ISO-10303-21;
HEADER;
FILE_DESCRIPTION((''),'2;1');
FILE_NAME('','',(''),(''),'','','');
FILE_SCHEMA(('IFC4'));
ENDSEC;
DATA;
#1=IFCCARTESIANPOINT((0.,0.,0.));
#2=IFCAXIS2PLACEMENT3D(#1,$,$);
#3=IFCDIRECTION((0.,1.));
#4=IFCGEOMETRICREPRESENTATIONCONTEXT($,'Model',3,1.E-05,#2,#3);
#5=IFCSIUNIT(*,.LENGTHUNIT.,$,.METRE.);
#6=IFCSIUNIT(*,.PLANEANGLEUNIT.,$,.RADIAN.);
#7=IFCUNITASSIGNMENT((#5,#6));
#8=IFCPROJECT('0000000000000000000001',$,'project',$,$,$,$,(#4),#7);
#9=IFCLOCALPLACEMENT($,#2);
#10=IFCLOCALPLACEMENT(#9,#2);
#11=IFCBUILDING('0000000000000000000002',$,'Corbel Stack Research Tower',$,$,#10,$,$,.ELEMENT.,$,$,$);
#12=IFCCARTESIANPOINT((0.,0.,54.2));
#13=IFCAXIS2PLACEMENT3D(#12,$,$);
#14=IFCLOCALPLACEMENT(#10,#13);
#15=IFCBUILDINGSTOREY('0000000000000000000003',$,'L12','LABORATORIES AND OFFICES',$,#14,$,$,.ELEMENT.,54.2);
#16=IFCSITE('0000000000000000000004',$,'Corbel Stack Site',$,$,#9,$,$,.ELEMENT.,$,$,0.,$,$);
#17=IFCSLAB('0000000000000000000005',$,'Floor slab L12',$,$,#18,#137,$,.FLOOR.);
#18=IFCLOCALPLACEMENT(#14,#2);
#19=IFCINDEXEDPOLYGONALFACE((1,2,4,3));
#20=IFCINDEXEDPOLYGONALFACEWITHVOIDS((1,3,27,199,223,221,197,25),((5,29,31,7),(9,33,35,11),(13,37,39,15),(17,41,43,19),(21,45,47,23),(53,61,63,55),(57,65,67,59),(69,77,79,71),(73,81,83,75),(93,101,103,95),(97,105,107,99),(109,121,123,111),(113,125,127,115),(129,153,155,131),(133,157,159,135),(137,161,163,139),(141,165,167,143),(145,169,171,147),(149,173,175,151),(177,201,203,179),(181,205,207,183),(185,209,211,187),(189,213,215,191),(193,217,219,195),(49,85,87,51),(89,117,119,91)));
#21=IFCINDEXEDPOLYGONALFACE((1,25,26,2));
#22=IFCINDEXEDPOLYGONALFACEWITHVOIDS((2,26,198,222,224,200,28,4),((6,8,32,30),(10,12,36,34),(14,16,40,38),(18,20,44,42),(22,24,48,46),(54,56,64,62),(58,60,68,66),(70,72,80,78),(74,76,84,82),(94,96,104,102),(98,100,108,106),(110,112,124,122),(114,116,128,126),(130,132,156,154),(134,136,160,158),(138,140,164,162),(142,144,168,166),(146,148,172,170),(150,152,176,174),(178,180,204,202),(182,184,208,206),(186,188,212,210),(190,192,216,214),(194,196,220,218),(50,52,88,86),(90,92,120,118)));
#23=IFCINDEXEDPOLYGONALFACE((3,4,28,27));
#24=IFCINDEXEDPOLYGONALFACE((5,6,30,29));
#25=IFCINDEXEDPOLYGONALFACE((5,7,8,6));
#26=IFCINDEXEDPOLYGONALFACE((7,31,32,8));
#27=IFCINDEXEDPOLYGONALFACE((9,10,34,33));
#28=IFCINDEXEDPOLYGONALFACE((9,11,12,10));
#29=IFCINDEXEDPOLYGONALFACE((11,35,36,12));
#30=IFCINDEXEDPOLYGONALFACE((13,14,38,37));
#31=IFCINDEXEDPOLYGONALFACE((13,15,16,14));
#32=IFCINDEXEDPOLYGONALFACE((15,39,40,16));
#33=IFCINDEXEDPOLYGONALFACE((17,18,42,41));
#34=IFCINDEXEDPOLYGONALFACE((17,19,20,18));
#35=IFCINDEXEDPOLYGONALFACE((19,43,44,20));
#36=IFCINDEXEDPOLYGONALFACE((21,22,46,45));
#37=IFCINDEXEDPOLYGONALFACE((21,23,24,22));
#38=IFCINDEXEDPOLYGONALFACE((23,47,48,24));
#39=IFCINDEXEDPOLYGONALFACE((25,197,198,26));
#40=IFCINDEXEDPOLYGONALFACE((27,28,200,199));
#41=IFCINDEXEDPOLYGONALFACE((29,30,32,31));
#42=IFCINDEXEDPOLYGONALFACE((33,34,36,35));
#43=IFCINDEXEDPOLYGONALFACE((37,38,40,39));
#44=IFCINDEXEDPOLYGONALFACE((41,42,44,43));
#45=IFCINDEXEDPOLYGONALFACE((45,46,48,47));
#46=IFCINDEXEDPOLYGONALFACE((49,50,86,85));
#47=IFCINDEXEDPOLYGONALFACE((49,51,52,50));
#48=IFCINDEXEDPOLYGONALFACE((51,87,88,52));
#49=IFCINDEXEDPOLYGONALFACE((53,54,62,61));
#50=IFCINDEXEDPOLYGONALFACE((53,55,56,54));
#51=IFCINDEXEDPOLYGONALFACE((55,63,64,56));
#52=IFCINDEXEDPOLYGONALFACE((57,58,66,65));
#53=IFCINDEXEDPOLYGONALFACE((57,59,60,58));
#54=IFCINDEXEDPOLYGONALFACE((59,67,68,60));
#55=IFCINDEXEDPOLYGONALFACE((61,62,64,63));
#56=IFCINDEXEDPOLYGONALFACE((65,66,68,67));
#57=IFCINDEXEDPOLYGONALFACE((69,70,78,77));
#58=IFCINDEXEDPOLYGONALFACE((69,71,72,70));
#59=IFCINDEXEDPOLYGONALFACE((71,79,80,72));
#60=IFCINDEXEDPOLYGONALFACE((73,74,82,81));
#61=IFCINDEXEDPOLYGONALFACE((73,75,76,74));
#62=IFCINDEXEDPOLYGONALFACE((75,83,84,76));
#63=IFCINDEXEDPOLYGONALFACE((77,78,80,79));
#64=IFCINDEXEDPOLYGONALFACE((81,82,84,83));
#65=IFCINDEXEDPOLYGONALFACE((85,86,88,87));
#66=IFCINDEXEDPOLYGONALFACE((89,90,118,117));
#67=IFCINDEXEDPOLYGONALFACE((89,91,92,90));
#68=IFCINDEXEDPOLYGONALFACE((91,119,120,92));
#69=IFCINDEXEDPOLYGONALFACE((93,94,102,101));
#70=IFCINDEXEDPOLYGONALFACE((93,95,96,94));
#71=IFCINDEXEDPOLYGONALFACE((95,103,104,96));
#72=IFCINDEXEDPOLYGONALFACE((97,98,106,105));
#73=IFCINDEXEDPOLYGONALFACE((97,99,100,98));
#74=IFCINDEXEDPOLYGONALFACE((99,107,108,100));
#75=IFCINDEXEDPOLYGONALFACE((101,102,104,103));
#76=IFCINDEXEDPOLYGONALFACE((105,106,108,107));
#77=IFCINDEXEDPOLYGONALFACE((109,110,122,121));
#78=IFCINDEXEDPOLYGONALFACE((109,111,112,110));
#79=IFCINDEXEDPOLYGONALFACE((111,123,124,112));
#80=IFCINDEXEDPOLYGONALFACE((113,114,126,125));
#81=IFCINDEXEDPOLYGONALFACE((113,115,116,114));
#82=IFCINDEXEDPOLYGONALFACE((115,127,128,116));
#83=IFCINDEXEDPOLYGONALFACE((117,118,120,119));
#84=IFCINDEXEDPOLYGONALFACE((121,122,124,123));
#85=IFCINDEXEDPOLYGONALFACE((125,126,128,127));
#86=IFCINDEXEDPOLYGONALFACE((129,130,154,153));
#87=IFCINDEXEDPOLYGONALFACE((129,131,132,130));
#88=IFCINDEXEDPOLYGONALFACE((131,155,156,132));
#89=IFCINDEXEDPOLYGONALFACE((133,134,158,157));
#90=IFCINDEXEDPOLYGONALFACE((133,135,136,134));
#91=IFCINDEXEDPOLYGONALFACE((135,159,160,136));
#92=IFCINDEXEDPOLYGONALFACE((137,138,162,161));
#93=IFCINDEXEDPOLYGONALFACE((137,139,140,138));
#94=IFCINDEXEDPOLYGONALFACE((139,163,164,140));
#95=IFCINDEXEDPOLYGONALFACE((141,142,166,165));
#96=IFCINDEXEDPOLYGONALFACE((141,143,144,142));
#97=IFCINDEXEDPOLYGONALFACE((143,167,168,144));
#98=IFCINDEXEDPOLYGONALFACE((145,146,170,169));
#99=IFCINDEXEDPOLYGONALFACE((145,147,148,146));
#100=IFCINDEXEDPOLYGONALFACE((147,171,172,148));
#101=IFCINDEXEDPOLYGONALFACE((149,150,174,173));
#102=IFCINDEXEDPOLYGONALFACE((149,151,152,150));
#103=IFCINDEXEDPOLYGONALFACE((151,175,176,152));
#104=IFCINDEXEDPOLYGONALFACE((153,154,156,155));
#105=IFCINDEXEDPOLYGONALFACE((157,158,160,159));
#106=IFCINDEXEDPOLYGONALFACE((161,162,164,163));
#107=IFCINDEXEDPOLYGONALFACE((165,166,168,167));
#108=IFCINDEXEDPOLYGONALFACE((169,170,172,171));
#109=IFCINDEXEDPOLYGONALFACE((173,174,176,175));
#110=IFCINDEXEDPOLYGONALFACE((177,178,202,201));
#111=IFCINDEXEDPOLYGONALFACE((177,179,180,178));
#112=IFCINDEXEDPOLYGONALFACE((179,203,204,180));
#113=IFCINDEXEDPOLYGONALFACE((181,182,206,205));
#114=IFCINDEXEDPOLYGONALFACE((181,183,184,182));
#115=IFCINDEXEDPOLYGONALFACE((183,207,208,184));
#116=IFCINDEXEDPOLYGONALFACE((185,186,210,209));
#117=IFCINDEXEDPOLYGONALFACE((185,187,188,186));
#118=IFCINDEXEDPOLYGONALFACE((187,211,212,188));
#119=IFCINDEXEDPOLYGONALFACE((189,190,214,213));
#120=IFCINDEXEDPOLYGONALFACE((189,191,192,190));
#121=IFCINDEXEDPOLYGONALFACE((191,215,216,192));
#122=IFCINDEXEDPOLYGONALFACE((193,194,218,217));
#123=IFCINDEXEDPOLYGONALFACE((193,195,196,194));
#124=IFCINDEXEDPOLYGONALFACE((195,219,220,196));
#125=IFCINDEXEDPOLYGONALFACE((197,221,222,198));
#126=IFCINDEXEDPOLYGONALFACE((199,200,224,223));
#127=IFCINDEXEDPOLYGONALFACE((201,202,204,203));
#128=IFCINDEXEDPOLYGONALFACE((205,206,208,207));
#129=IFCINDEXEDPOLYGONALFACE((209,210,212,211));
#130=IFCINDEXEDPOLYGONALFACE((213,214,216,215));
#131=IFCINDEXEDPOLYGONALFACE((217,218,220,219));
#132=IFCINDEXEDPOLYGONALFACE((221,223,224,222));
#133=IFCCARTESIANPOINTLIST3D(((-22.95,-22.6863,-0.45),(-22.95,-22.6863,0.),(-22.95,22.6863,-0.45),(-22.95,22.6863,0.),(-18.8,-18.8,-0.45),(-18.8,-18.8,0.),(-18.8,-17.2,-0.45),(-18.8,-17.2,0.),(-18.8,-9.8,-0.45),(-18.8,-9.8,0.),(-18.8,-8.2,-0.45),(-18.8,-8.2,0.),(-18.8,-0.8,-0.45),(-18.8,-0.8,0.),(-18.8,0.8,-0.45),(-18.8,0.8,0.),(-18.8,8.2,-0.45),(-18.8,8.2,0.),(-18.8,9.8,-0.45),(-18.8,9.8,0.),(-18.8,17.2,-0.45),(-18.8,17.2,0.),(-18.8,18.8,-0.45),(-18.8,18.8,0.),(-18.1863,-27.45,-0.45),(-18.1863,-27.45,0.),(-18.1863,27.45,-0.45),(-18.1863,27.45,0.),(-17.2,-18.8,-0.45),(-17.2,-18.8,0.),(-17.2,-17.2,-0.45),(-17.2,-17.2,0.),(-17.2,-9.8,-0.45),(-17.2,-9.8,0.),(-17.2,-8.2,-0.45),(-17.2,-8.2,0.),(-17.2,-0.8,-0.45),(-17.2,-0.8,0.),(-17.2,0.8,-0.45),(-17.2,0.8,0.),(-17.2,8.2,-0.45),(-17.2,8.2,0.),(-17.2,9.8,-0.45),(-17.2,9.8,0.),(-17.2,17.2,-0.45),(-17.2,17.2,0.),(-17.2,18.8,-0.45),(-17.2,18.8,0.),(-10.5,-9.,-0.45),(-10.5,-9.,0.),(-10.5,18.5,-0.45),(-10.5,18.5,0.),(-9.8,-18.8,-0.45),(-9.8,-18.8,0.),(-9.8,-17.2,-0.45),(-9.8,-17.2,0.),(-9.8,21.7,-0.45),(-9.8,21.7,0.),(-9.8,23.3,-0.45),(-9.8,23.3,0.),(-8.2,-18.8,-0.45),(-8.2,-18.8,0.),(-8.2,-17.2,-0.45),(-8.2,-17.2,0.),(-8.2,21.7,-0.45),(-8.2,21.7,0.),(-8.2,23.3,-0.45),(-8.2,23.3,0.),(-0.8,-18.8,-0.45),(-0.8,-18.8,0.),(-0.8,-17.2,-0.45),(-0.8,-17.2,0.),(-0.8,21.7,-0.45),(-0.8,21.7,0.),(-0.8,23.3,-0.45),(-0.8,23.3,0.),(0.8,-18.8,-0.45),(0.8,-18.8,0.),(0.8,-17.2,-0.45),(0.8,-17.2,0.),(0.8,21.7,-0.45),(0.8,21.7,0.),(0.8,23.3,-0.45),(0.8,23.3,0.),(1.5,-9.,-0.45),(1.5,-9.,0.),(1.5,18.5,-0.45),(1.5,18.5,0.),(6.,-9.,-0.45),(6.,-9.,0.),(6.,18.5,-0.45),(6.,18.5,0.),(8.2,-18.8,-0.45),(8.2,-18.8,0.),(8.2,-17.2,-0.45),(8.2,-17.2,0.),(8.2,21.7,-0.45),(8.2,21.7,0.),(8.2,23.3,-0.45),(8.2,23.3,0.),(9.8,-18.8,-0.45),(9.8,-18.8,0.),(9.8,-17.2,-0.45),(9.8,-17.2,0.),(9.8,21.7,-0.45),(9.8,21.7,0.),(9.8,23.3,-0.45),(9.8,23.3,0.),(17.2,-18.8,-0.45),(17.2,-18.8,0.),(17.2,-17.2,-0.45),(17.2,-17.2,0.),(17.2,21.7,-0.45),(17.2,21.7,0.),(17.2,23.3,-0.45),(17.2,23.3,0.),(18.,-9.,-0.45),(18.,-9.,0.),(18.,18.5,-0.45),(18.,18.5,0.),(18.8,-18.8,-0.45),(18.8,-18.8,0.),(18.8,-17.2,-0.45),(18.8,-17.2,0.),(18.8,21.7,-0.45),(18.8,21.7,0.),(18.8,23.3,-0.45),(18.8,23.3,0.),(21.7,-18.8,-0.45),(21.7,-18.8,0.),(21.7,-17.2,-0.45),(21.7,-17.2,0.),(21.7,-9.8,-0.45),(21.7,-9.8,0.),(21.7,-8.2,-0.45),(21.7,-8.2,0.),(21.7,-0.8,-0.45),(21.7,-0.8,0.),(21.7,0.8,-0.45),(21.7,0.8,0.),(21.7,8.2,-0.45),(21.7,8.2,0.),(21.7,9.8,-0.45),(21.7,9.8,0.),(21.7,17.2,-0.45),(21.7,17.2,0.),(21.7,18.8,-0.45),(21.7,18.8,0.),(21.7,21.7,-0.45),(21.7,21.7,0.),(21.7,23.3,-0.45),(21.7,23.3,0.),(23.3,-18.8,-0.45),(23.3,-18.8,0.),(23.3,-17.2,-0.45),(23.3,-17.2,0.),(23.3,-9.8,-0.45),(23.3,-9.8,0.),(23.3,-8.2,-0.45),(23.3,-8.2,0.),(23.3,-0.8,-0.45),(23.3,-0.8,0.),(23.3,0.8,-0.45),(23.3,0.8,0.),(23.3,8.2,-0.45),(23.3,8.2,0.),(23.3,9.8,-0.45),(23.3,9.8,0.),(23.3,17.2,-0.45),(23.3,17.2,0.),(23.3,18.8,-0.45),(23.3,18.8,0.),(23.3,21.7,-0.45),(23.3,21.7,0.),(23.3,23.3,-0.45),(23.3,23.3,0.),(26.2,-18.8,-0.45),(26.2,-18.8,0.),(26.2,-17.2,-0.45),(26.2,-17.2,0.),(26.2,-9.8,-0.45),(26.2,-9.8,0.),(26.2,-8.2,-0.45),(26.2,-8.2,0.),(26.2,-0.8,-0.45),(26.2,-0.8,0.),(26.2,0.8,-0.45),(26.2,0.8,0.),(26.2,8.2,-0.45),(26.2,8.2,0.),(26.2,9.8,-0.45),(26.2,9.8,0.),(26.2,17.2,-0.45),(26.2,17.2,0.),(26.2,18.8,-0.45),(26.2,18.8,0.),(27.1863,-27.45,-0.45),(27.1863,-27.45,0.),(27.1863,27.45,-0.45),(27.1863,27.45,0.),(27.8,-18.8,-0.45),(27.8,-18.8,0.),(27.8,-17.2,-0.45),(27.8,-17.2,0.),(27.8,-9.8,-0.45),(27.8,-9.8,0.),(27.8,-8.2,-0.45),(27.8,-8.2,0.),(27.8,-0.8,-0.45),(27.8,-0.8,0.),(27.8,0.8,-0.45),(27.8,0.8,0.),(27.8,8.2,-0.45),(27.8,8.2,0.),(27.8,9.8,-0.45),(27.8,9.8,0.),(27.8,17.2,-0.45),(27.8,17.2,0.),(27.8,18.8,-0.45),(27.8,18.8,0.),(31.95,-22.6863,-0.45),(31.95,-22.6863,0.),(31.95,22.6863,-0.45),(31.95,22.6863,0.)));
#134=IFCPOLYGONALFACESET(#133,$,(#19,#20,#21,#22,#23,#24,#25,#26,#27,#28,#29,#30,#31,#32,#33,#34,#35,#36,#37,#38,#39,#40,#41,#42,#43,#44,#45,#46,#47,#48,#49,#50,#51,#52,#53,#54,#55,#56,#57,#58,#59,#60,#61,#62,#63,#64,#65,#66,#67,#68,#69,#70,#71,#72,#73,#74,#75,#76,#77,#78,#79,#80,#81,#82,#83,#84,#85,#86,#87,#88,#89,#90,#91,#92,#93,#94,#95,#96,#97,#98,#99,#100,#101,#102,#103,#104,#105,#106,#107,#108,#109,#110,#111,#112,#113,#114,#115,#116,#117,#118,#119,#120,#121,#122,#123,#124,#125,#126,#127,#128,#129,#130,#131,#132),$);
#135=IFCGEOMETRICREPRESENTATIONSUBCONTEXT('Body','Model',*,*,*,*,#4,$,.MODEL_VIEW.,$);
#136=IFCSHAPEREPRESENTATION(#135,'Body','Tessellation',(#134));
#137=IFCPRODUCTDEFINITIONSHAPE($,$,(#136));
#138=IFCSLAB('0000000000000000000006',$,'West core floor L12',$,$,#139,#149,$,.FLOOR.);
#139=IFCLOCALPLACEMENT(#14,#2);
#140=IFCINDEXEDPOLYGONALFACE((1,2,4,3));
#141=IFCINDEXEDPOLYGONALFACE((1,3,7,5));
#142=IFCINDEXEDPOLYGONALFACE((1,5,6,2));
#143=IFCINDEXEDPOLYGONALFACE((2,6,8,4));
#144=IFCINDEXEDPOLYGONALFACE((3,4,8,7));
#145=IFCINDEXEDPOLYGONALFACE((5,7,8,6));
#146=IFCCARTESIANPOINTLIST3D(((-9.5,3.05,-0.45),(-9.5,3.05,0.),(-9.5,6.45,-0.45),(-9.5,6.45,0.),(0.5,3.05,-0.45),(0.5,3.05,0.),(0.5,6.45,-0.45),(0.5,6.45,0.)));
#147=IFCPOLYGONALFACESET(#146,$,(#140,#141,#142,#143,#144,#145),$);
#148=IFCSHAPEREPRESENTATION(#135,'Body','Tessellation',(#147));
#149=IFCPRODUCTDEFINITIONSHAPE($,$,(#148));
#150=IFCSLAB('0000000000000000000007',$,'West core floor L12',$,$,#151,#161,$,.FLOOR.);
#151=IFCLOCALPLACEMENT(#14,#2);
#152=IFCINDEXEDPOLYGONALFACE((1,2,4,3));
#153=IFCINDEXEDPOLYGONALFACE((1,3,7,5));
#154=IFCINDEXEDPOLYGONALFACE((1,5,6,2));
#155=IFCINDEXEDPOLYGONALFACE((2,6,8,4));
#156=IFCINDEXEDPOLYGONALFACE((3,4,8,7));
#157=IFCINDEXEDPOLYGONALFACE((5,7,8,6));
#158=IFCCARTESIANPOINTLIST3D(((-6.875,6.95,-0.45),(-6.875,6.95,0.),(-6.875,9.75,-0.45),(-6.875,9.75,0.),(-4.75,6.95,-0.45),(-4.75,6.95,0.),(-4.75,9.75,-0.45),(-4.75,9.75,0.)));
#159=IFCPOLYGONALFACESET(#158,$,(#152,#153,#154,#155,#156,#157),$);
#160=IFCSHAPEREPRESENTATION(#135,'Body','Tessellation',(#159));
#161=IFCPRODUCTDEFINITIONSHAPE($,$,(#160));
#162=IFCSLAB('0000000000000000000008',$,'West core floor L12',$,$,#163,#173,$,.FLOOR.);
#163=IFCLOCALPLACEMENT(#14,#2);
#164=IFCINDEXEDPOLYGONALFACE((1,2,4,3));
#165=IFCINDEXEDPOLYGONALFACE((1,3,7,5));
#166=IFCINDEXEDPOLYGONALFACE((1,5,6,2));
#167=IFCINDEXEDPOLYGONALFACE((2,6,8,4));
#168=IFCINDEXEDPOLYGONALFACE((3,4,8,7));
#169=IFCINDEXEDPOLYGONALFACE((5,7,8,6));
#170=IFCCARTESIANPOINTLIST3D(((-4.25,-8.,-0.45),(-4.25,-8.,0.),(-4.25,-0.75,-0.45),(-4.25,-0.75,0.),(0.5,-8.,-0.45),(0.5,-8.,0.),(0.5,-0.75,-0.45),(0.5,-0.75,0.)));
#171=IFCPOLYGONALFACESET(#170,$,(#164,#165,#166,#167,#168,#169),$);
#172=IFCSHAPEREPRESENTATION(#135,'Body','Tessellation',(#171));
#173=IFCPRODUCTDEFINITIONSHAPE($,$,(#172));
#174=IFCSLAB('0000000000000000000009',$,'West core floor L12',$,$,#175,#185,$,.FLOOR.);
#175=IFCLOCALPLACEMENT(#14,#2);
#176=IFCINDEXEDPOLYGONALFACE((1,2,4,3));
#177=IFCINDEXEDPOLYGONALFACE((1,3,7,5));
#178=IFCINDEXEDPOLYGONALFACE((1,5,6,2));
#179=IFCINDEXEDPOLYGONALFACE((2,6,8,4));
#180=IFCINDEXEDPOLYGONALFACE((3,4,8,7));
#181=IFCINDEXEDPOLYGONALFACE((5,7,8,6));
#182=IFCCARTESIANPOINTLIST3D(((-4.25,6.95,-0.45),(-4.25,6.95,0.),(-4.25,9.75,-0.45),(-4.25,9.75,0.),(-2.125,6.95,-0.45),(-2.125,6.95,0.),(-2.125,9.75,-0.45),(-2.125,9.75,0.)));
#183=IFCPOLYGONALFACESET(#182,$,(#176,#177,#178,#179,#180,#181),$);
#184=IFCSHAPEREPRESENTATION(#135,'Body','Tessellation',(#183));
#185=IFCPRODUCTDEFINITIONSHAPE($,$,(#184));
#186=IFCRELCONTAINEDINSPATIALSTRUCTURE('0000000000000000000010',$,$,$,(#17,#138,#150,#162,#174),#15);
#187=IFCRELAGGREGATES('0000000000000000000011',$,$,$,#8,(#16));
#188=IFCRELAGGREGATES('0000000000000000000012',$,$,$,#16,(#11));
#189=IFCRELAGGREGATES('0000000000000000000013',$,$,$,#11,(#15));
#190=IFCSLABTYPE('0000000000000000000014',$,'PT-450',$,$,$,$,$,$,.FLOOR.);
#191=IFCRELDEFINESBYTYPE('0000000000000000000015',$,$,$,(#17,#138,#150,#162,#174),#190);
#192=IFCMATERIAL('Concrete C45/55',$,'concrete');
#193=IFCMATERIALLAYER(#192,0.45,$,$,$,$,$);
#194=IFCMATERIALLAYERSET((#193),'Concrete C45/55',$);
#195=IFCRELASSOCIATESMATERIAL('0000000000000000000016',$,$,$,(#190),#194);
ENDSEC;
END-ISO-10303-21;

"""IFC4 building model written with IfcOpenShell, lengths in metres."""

from ifc_helpers import new_model, si_unit, direction, frame, origin, place, context, subcontext, project, spatial, polyline, outline, extrude, material, layer, layer_set, type_object, element, save


model = new_model("IFC4")

# Units and contexts
model_context = context("Model", 3, precision=1e-05, world=origin(), true_north=direction((0.0, 1.0)))
body_context = subcontext(model_context, "Body", "Model", "MODEL_VIEW")
ifc_project = project(units=[si_unit("LENGTHUNIT", "METRE"), si_unit("PLANEANGLEUNIT", "RADIAN")], contexts=[model_context])

# Site, building, storey
site_placement = place(None, origin())
site = spatial("IfcSite", under=ifc_project, at=site_placement, Name="Corbel Stack Site", CompositionType="ELEMENT", RefElevation=0.0)
building_placement = place(site_placement, origin())
building = spatial("IfcBuilding", under=site, at=building_placement, Name="Corbel Stack Research Tower", CompositionType="ELEMENT")
storey_placement = place(building_placement, frame((0.0, 0.0, 54.2)))
storey = spatial("IfcBuildingStorey", under=building, at=storey_placement, Name="L12", Description="LABORATORIES AND OFFICES", CompositionType="ELEMENT", Elevation=54.2)

# Slabs
ifc_material_1 = material(Name="Concrete C45/55", Category="concrete")
ifc_layer_1 = layer(ifc_material_1, 0.45)
ifc_layer_set_1 = layer_set([ifc_layer_1], Name="Concrete C45/55")
slab_type = type_object("IfcSlabType", Name="PT-450", PredefinedType="FLOOR", material=ifc_layer_set_1)
slab_1_placement = place(storey_placement, frame((0.0, 0.0, -0.45)))
element("IfcSlab", 1, at=slab_1_placement, inside=storey, type_object=slab_type, Name="Floor slab L12", PredefinedType="FLOOR", context=body_context, shape_type="SweptSolid", body=[
    extrude(outline(polyline([(-18.1863, -27.45), (27.1863, -27.45), (31.95, -22.6863), (31.95, 22.6863), (27.1863, 27.45), (-18.1863, 27.45), (-22.95, 22.6863), (-22.95, -22.6863), (-18.1863, -27.45)]), holes=[polyline([(26.2, 17.2), (26.2, 18.8), (27.8, 18.8), (27.8, 17.2), (26.2, 17.2)]), polyline([(26.2, 8.2), (26.2, 9.8), (27.8, 9.8), (27.8, 8.2), (26.2, 8.2)]), polyline([(27.8, -0.8), (26.2, -0.8), (26.2, 0.8), (27.8, 0.8), (27.8, -0.8)]), polyline([(26.2, -9.8), (26.2, -8.2), (27.8, -8.2), (27.8, -9.8), (26.2, -9.8)]), polyline([(26.2, -18.8), (26.2, -17.2), (27.8, -17.2), (27.8, -18.8), (26.2, -18.8)]), polyline([(21.7, 21.7), (21.7, 23.3), (23.3, 23.3), (23.3, 21.7), (21.7, 21.7)]), polyline([(21.7, 17.2), (21.7, 18.8), (23.3, 18.8), (23.3, 17.2), (21.7, 17.2)]), polyline([(21.7, 8.2), (21.7, 9.8), (23.3, 9.8), (23.3, 8.2), (21.7, 8.2)]), polyline([(21.7, -0.8), (21.7, 0.8), (23.3, 0.8), (23.3, -0.8), (21.7, -0.8)]), polyline([(23.3, -9.8), (21.7, -9.8), (21.7, -8.2), (23.3, -8.2), (23.3, -9.8)]), polyline([(21.7, -18.8), (21.7, -17.2), (23.3, -17.2), (23.3, -18.8), (21.7, -18.8)]), polyline([(17.2, 21.7), (17.2, 23.3), (18.8, 23.3), (18.8, 21.7), (17.2, 21.7)]), polyline([(18.8, -18.8), (17.2, -18.8), (17.2, -17.2), (18.8, -17.2), (18.8, -18.8)]), polyline([(6.0, -9.0), (6.0, 18.5), (18.0, 18.5), (18.0, -9.0), (6.0, -9.0)]), polyline([(8.2, 21.7), (8.2, 23.3), (9.8, 23.3), (9.8, 21.7), (8.2, 21.7)]), polyline([(9.8, -18.8), (8.2, -18.8), (8.2, -17.2), (9.8, -17.2), (9.8, -18.8)]), polyline([(1.5, -9.0), (-10.5, -9.0), (-10.5, 18.5), (1.5, 18.5), (1.5, -9.0)]), polyline([(-0.8, 21.7), (-0.8, 23.3), (0.8, 23.3), (0.8, 21.7), (-0.8, 21.7)]), polyline([(-0.8, -18.8), (-0.8, -17.2), (0.8, -17.2), (0.8, -18.8), (-0.8, -18.8)]), polyline([(-9.8, 21.7), (-9.8, 23.3), (-8.2, 23.3), (-8.2, 21.7), (-9.8, 21.7)]), polyline([(-9.8, -18.8), (-9.8, -17.2), (-8.2, -17.2), (-8.2, -18.8), (-9.8, -18.8)]), polyline([(-18.8, 17.2), (-18.8, 18.8), (-17.2, 18.8), (-17.2, 17.2), (-18.8, 17.2)]), polyline([(-18.8, 8.2), (-18.8, 9.8), (-17.2, 9.8), (-17.2, 8.2), (-18.8, 8.2)]), polyline([(-18.8, -0.8), (-18.8, 0.8), (-17.2, 0.8), (-17.2, -0.8), (-18.8, -0.8)]), polyline([(-18.8, -9.8), (-18.8, -8.2), (-17.2, -8.2), (-17.2, -9.8), (-18.8, -9.8)]), polyline([(-17.2, -18.8), (-18.8, -18.8), (-18.8, -17.2), (-17.2, -17.2), (-17.2, -18.8)])]), origin(), (0.0, 0.0, 1.0), 0.45),
])
slab_2_placement = place(storey_placement, frame((0.0, 0.0, -0.45)))
element("IfcSlab", 2, at=slab_2_placement, inside=storey, type_object=slab_type, Name="West core floor L12", PredefinedType="FLOOR", context=body_context, shape_type="SweptSolid", body=[
    extrude(outline(polyline([(-9.5, 6.45), (-9.5, 3.05), (0.5, 3.05), (0.5, 6.45), (-9.5, 6.45)])), origin(), (0.0, 0.0, 1.0), 0.45),
])
slab_3_placement = place(storey_placement, frame((0.0, 0.0, -0.45)))
element("IfcSlab", 3, at=slab_3_placement, inside=storey, type_object=slab_type, Name="West core floor L12", PredefinedType="FLOOR", context=body_context, shape_type="SweptSolid", body=[
    extrude(outline(polyline([(-6.875, 6.95), (-4.75, 6.95), (-4.75, 9.75), (-6.875, 9.75), (-6.875, 6.95)])), origin(), (0.0, 0.0, 1.0), 0.45),
])
slab_4_placement = place(storey_placement, frame((0.0, 0.0, -0.45)))
element("IfcSlab", 4, at=slab_4_placement, inside=storey, type_object=slab_type, Name="West core floor L12", PredefinedType="FLOOR", context=body_context, shape_type="SweptSolid", body=[
    extrude(outline(polyline([(-4.25, -0.75), (-4.25, -8.0), (0.5, -8.0), (0.5, -0.75), (-4.25, -0.75)])), origin(), (0.0, 0.0, 1.0), 0.45),
])
slab_5_placement = place(storey_placement, frame((0.0, 0.0, -0.45)))
element("IfcSlab", 5, at=slab_5_placement, inside=storey, type_object=slab_type, Name="West core floor L12", PredefinedType="FLOOR", context=body_context, shape_type="SweptSolid", body=[
    extrude(outline(polyline([(-2.125, 6.95), (-2.125, 9.75), (-4.25, 9.75), (-4.25, 6.95), (-2.125, 6.95)])), origin(), (0.0, 0.0, 1.0), 0.45),
])

save(model, "model.ifc")
